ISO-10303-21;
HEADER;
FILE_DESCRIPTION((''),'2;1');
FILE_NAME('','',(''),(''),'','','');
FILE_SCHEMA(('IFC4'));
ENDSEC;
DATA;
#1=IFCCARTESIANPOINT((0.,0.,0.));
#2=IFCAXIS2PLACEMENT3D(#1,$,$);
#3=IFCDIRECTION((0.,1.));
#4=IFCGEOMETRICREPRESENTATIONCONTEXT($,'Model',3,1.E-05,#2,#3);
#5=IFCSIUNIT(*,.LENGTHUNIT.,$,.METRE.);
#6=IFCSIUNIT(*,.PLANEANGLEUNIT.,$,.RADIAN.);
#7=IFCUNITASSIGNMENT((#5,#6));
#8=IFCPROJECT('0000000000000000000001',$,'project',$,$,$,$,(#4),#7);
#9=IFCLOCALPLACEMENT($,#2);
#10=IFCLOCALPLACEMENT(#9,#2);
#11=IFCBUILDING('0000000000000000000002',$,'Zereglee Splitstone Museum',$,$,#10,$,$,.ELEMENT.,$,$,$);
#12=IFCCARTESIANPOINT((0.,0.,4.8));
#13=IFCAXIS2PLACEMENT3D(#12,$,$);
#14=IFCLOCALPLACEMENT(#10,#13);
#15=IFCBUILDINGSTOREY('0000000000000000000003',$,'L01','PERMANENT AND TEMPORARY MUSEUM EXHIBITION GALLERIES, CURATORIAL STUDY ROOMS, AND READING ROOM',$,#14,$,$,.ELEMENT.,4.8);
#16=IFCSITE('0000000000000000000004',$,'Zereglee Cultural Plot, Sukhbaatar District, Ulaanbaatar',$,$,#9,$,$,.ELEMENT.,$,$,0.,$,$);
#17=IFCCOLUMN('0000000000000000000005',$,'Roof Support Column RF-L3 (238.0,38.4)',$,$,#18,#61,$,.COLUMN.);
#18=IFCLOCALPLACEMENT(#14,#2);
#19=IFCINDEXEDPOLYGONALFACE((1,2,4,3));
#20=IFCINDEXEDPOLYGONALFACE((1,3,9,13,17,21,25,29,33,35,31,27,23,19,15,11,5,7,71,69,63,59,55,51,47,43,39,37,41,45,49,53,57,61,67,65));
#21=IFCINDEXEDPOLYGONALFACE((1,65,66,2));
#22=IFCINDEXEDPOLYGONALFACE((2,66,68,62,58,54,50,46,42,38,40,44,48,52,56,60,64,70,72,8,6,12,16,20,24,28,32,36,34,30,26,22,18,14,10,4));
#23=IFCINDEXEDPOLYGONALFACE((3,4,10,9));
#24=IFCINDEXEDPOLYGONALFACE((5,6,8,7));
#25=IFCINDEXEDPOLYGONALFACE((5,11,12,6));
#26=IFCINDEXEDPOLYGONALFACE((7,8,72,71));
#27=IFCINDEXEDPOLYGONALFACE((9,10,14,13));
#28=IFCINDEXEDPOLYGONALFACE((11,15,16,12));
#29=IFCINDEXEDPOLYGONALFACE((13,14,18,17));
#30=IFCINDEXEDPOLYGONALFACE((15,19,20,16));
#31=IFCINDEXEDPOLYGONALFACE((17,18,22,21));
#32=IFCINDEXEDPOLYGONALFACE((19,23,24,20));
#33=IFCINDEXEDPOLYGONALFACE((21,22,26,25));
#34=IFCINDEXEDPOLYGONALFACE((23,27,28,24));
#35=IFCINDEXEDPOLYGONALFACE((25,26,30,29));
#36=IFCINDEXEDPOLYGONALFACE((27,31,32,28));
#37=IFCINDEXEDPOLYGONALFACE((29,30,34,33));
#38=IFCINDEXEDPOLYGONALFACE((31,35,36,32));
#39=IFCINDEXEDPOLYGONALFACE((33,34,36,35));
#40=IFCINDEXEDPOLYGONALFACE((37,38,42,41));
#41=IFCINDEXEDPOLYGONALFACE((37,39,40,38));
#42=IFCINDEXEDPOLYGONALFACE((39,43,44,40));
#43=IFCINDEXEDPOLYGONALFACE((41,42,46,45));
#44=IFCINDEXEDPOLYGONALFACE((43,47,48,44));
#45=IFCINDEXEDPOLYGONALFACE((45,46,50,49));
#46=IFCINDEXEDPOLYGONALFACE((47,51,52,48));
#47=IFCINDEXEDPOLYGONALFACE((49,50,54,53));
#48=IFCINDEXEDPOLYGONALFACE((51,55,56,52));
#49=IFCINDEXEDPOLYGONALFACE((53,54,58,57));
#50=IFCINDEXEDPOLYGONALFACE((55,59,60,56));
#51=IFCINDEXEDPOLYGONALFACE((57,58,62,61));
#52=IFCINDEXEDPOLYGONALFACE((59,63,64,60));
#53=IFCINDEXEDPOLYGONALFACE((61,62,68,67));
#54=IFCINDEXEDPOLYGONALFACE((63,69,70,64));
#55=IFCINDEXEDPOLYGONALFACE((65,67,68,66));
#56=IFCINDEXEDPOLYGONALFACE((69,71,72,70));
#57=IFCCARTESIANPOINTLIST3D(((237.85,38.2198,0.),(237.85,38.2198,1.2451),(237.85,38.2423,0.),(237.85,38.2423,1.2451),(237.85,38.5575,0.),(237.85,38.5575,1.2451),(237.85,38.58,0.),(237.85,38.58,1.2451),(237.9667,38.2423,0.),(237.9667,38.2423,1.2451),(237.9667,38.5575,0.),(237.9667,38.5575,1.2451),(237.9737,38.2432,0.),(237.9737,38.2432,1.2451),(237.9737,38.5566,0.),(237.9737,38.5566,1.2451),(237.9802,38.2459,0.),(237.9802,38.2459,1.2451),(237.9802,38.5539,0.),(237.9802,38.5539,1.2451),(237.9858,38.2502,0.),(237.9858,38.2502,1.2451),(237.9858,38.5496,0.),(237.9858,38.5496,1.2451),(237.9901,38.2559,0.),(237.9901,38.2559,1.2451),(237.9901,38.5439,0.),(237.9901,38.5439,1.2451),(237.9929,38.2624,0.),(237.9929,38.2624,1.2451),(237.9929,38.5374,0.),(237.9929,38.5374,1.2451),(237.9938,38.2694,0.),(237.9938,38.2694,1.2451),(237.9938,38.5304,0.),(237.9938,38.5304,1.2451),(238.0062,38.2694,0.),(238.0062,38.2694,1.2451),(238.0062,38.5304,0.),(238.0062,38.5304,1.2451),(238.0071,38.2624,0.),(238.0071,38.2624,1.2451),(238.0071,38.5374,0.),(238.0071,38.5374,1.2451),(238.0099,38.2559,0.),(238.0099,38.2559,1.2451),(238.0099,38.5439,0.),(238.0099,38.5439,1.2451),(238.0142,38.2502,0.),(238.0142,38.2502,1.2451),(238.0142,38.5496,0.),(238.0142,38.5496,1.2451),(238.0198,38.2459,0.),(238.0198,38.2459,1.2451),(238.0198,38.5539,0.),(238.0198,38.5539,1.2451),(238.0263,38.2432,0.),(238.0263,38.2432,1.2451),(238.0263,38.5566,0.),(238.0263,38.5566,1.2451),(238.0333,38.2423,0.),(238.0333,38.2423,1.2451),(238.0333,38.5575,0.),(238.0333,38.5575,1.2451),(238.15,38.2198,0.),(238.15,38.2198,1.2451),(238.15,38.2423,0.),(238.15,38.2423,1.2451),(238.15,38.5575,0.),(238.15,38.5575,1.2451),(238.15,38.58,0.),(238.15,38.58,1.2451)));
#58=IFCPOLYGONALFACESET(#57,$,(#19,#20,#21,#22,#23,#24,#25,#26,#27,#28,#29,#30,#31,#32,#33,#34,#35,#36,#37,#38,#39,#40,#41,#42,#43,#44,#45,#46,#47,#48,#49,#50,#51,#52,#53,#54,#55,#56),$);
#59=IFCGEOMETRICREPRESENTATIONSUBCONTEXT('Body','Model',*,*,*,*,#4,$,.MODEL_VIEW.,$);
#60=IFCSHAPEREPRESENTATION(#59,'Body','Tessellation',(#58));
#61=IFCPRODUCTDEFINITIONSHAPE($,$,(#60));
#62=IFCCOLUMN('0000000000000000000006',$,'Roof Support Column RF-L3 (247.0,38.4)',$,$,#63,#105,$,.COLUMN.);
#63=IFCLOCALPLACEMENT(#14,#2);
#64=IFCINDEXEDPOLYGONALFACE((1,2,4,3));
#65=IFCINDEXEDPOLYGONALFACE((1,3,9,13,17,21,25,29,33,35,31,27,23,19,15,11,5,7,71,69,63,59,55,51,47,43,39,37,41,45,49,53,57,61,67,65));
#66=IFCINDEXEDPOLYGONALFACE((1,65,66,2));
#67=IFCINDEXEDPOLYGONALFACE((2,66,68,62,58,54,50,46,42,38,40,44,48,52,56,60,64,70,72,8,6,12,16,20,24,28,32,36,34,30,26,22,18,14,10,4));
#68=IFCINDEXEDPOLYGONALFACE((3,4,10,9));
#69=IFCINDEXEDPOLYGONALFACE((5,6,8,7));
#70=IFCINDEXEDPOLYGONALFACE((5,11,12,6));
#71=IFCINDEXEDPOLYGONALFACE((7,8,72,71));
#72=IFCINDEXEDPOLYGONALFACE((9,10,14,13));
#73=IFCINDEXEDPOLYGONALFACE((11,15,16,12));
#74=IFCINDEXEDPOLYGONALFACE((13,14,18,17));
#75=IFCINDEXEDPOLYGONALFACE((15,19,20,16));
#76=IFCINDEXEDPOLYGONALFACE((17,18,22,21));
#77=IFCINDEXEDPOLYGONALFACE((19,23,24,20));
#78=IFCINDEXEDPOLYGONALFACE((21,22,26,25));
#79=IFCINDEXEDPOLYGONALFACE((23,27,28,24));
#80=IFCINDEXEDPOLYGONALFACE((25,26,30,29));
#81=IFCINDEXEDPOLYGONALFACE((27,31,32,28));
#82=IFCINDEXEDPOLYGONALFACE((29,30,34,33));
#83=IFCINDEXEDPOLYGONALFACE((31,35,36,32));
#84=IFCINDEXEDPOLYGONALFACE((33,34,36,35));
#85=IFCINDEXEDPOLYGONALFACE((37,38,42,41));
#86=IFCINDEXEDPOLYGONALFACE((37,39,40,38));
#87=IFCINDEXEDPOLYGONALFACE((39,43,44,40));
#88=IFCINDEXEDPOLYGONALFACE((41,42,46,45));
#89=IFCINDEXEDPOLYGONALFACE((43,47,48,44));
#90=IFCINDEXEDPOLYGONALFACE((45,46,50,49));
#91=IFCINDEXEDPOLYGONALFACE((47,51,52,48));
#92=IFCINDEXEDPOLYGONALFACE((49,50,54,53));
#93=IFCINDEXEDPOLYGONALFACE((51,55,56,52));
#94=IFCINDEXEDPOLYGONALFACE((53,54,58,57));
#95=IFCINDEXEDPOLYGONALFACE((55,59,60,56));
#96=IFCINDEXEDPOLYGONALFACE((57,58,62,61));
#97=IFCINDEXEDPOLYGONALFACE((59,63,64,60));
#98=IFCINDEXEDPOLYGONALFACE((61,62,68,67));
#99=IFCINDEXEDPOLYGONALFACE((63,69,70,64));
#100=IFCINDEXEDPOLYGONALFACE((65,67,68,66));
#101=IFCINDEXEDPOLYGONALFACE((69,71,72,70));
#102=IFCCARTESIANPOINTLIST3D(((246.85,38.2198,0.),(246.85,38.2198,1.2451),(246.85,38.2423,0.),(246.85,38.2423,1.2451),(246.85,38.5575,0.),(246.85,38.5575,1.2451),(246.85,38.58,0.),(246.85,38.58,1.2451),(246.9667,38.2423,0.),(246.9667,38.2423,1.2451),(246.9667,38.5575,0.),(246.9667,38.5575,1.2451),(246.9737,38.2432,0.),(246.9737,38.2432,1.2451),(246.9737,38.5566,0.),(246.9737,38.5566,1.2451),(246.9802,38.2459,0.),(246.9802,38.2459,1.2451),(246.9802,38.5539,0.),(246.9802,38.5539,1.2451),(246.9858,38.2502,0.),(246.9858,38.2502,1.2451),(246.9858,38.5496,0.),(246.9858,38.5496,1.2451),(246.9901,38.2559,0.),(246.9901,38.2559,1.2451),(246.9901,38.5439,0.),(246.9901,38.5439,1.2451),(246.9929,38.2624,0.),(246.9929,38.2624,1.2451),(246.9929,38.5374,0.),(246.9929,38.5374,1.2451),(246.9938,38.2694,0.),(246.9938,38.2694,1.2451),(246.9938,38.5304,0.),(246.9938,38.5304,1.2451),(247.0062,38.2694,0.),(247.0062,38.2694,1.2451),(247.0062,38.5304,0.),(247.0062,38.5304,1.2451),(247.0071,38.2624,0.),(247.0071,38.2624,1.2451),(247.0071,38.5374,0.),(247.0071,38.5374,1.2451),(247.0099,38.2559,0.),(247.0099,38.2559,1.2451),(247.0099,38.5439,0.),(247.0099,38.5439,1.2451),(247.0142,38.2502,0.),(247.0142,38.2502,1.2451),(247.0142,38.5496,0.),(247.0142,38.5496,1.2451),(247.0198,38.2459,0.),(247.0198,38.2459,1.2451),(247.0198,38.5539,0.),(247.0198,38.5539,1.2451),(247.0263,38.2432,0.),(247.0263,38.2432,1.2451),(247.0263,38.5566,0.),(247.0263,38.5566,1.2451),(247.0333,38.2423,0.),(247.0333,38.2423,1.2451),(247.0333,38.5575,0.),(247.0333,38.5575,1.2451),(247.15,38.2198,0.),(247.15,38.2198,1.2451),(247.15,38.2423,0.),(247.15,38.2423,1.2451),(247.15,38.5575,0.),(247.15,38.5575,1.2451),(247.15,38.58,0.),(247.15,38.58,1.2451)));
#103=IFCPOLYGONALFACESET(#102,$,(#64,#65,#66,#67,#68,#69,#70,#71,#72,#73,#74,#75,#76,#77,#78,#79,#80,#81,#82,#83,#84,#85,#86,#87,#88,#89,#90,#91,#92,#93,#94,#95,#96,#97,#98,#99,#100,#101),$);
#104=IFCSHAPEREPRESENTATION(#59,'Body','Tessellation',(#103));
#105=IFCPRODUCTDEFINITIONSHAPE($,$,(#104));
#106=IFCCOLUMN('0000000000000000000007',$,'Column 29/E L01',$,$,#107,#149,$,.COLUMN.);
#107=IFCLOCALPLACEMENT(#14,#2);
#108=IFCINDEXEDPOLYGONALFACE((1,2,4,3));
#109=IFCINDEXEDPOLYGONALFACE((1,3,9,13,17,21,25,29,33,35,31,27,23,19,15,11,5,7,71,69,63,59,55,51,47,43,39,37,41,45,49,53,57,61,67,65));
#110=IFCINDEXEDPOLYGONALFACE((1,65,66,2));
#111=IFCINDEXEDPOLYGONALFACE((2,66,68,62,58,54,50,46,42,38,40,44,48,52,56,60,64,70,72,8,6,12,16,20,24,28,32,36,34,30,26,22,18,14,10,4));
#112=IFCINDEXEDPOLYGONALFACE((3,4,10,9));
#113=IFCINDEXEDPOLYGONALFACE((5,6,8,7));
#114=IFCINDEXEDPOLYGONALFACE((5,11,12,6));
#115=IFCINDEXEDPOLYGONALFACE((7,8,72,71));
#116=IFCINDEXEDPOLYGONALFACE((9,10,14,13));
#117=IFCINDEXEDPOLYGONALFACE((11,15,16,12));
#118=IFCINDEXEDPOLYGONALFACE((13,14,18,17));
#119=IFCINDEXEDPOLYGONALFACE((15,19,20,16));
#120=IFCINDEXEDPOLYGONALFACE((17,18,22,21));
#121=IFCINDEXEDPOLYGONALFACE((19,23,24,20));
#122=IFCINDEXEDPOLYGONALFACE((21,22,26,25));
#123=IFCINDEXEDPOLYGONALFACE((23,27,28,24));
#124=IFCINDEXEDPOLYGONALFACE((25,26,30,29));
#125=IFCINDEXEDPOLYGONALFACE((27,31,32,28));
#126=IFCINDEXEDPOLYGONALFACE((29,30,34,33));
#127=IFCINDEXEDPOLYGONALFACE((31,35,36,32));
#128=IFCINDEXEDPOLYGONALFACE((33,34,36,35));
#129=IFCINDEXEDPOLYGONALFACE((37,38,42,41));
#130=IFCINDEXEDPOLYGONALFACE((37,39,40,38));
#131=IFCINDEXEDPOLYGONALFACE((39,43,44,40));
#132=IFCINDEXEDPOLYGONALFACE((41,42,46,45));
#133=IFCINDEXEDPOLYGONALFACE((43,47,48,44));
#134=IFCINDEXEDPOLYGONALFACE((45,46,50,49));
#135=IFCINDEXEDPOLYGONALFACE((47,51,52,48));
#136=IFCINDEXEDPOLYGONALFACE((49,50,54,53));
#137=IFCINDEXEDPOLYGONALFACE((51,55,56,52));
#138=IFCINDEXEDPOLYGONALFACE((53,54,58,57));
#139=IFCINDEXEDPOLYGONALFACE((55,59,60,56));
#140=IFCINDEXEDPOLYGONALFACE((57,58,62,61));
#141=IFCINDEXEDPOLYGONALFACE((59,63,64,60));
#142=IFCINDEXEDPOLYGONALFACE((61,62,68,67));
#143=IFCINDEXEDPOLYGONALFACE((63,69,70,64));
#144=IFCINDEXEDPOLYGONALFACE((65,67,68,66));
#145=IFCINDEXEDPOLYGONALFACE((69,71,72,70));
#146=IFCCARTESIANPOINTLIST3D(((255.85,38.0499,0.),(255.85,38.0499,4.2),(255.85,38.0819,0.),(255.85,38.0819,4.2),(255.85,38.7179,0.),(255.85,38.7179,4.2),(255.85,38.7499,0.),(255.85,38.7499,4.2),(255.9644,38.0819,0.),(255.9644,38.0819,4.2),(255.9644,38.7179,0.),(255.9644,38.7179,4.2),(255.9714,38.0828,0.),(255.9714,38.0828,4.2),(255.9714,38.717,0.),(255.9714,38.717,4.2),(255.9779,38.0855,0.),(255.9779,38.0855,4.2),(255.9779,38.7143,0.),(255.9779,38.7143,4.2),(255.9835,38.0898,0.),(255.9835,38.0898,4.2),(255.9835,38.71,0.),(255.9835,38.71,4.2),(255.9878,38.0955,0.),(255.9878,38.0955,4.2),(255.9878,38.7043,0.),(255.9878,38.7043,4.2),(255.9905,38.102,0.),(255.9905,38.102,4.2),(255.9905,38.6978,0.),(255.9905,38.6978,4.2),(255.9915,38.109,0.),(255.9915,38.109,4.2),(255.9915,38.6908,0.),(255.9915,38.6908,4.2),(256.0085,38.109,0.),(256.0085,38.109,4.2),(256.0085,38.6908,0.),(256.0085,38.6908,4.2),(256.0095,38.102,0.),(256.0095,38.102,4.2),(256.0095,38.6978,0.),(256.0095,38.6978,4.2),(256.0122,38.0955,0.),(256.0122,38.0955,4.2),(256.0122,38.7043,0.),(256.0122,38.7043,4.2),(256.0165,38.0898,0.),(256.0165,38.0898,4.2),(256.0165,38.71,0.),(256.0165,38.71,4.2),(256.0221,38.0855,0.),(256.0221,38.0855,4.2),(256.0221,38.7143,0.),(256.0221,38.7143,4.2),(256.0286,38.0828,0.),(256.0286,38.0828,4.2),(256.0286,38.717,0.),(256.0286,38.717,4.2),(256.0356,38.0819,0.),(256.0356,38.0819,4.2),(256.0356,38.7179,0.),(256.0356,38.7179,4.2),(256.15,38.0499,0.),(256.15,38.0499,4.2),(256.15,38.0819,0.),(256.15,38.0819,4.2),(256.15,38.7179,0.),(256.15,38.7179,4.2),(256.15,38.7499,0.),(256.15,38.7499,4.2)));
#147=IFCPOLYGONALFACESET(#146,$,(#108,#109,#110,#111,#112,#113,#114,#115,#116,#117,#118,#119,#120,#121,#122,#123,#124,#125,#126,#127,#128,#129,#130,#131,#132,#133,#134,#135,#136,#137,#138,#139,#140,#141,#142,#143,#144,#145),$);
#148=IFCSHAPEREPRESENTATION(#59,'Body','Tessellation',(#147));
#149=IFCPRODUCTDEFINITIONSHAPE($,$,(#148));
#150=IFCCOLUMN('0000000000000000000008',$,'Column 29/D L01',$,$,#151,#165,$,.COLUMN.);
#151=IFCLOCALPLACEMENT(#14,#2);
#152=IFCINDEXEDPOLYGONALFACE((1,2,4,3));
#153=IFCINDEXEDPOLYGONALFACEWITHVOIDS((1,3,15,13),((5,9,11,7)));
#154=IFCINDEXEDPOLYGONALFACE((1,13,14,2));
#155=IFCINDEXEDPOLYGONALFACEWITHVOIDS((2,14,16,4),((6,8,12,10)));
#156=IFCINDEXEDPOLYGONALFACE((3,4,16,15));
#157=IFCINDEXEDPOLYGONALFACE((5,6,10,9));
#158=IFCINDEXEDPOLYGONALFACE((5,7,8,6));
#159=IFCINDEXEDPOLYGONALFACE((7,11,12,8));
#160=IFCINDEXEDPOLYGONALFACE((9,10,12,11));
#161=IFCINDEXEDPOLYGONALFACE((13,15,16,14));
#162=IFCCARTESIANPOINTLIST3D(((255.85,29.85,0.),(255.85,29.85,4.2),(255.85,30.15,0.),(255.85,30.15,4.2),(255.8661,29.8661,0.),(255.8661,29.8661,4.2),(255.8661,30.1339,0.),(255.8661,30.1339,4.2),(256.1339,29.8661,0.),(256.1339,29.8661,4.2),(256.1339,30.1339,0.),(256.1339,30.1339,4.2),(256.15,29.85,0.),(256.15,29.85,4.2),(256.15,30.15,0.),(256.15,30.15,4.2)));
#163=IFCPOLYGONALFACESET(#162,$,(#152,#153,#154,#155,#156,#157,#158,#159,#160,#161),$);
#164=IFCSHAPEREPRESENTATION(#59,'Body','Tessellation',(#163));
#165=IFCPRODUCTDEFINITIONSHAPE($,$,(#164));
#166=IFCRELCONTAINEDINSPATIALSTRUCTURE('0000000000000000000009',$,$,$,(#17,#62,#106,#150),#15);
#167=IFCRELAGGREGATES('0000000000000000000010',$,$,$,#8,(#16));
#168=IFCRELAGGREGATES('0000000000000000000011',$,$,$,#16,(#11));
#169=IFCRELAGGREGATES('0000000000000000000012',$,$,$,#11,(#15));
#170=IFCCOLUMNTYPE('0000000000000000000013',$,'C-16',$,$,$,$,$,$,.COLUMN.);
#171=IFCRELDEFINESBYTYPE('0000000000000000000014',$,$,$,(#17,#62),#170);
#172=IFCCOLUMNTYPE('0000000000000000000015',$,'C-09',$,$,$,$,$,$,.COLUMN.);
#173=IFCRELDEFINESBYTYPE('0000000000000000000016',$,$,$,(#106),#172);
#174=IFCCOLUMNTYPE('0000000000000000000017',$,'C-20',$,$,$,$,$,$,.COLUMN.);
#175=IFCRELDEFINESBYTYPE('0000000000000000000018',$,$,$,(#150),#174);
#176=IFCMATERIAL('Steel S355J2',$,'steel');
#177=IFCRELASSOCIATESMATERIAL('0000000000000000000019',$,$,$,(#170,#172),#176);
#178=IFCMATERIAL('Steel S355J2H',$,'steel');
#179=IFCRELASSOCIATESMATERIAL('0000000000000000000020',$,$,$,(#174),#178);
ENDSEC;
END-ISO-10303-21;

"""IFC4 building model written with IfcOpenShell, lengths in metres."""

from ifc_helpers import new_model, si_unit, direction, frame, origin, origin_2d, place, context, subcontext, project, spatial, hollow_rectangle, i_section, extrude, material, material_profile, profile_set, type_object, element, save


model = new_model("IFC4")

# Units and contexts
model_context = context("Model", 3, precision=1e-05, world=origin(), true_north=direction((0.0, 1.0)))
body_context = subcontext(model_context, "Body", "Model", "MODEL_VIEW")
ifc_project = project(units=[si_unit("LENGTHUNIT", "METRE"), si_unit("PLANEANGLEUNIT", "RADIAN")], contexts=[model_context])

# Site, building, storey
site_placement = place(None, origin())
site = spatial("IfcSite", under=ifc_project, at=site_placement, Name="Zereglee Cultural Plot, Sukhbaatar District, Ulaanbaatar", CompositionType="ELEMENT", RefElevation=0.0)
building_placement = place(site_placement, origin())
building = spatial("IfcBuilding", under=site, at=building_placement, Name="Zereglee Splitstone Museum", CompositionType="ELEMENT")
storey_placement = place(building_placement, frame((0.0, 0.0, 4.8)))
storey = spatial("IfcBuildingStorey", under=building, at=storey_placement, Name="L01", Description="PERMANENT AND TEMPORARY MUSEUM EXHIBITION GALLERIES, CURATORIAL STUDY ROOMS, AND READING ROOM", CompositionType="ELEMENT", Elevation=4.8)

# Columns
ifc_material_1 = material(Name="Steel S355J2", Category="steel")
ifc_material_profile_1 = material_profile(ifc_material_1, i_section(OverallWidth=0.3, OverallDepth=0.3601, WebThickness=0.0125, FlangeThickness=0.0225, FilletRadius=0.0271, at=origin_2d()), Name="HE 360 B")
ifc_profile_set_1 = profile_set([ifc_material_profile_1], Name="Steel S355J2")
column_type_1 = type_object("IfcColumnType", Name="C-16", PredefinedType="COLUMN", material=ifc_profile_set_1)
for number, where, z_axis, x_axis, name in (
    (1, (238.0, 38.3999, 0.0), (0.0, 0.0, 1.0), (1.0, 0.0, 0.0), "Roof Support Column RF-L3 (238.0,38.4)"),
    (2, (247.0, 38.3999, 0.0), (0.0, 0.0, 1.0), (1.0, 0.0, 0.0), "Roof Support Column RF-L3 (247.0,38.4)"),
):
    element("IfcColumn", number, at=place(storey_placement, frame(where, z_axis=z_axis, x_axis=x_axis)), inside=storey, type_object=column_type_1, Name=name, PredefinedType="COLUMN", context=body_context, shape_type="SweptSolid", body=[
        extrude(i_section(OverallWidth=0.3, OverallDepth=0.3601, WebThickness=0.0125, FlangeThickness=0.0225, FilletRadius=0.0271, at=origin_2d()), origin(), (0.0, 0.0, 1.0), 1.2451),
    ])
ifc_material_profile_2 = material_profile(ifc_material_1, i_section(OverallWidth=0.3, OverallDepth=0.7, WebThickness=0.0171, FlangeThickness=0.032, FilletRadius=0.0271, at=origin_2d()), Name="HE 700 B")
ifc_profile_set_2 = profile_set([ifc_material_profile_2], Name="Steel S355J2")
column_type_2 = type_object("IfcColumnType", Name="C-09", PredefinedType="COLUMN", material=ifc_profile_set_2)
column_1_placement = place(storey_placement, frame((256.0, 38.3999, 0.0), z_axis=(0.0, 0.0, 1.0), x_axis=(1.0, 0.0, 0.0)))
element("IfcColumn", 3, at=column_1_placement, inside=storey, type_object=column_type_2, Name="Column 29/E L01", PredefinedType="COLUMN", context=body_context, shape_type="SweptSolid", body=[
    extrude(i_section(OverallWidth=0.3, OverallDepth=0.7, WebThickness=0.0171, FlangeThickness=0.032, FilletRadius=0.0271, at=origin_2d()), origin(), (0.0, 0.0, 1.0), 4.2),
])
ifc_material_2 = material(Name="Steel S355J2H", Category="steel")
ifc_material_profile_3 = material_profile(ifc_material_2, hollow_rectangle(XDim=0.3, YDim=0.3, WallThickness=0.0161, at=origin_2d()), Name="SHS 300x300x16")
ifc_profile_set_3 = profile_set([ifc_material_profile_3], Name="Steel S355J2H")
column_type_3 = type_object("IfcColumnType", Name="C-20", PredefinedType="COLUMN", material=ifc_profile_set_3)
column_2_placement = place(storey_placement, frame((256.0, 30.0, 0.0), z_axis=(0.0, 0.0, 1.0), x_axis=(1.0, 0.0, 0.0)))
element("IfcColumn", 4, at=column_2_placement, inside=storey, type_object=column_type_3, Name="Column 29/D L01", PredefinedType="COLUMN", context=body_context, shape_type="SweptSolid", body=[
    extrude(hollow_rectangle(XDim=0.3, YDim=0.3, WallThickness=0.0161, at=origin_2d()), origin(), (0.0, 0.0, 1.0), 4.2),
])

save(model, "model.ifc")
